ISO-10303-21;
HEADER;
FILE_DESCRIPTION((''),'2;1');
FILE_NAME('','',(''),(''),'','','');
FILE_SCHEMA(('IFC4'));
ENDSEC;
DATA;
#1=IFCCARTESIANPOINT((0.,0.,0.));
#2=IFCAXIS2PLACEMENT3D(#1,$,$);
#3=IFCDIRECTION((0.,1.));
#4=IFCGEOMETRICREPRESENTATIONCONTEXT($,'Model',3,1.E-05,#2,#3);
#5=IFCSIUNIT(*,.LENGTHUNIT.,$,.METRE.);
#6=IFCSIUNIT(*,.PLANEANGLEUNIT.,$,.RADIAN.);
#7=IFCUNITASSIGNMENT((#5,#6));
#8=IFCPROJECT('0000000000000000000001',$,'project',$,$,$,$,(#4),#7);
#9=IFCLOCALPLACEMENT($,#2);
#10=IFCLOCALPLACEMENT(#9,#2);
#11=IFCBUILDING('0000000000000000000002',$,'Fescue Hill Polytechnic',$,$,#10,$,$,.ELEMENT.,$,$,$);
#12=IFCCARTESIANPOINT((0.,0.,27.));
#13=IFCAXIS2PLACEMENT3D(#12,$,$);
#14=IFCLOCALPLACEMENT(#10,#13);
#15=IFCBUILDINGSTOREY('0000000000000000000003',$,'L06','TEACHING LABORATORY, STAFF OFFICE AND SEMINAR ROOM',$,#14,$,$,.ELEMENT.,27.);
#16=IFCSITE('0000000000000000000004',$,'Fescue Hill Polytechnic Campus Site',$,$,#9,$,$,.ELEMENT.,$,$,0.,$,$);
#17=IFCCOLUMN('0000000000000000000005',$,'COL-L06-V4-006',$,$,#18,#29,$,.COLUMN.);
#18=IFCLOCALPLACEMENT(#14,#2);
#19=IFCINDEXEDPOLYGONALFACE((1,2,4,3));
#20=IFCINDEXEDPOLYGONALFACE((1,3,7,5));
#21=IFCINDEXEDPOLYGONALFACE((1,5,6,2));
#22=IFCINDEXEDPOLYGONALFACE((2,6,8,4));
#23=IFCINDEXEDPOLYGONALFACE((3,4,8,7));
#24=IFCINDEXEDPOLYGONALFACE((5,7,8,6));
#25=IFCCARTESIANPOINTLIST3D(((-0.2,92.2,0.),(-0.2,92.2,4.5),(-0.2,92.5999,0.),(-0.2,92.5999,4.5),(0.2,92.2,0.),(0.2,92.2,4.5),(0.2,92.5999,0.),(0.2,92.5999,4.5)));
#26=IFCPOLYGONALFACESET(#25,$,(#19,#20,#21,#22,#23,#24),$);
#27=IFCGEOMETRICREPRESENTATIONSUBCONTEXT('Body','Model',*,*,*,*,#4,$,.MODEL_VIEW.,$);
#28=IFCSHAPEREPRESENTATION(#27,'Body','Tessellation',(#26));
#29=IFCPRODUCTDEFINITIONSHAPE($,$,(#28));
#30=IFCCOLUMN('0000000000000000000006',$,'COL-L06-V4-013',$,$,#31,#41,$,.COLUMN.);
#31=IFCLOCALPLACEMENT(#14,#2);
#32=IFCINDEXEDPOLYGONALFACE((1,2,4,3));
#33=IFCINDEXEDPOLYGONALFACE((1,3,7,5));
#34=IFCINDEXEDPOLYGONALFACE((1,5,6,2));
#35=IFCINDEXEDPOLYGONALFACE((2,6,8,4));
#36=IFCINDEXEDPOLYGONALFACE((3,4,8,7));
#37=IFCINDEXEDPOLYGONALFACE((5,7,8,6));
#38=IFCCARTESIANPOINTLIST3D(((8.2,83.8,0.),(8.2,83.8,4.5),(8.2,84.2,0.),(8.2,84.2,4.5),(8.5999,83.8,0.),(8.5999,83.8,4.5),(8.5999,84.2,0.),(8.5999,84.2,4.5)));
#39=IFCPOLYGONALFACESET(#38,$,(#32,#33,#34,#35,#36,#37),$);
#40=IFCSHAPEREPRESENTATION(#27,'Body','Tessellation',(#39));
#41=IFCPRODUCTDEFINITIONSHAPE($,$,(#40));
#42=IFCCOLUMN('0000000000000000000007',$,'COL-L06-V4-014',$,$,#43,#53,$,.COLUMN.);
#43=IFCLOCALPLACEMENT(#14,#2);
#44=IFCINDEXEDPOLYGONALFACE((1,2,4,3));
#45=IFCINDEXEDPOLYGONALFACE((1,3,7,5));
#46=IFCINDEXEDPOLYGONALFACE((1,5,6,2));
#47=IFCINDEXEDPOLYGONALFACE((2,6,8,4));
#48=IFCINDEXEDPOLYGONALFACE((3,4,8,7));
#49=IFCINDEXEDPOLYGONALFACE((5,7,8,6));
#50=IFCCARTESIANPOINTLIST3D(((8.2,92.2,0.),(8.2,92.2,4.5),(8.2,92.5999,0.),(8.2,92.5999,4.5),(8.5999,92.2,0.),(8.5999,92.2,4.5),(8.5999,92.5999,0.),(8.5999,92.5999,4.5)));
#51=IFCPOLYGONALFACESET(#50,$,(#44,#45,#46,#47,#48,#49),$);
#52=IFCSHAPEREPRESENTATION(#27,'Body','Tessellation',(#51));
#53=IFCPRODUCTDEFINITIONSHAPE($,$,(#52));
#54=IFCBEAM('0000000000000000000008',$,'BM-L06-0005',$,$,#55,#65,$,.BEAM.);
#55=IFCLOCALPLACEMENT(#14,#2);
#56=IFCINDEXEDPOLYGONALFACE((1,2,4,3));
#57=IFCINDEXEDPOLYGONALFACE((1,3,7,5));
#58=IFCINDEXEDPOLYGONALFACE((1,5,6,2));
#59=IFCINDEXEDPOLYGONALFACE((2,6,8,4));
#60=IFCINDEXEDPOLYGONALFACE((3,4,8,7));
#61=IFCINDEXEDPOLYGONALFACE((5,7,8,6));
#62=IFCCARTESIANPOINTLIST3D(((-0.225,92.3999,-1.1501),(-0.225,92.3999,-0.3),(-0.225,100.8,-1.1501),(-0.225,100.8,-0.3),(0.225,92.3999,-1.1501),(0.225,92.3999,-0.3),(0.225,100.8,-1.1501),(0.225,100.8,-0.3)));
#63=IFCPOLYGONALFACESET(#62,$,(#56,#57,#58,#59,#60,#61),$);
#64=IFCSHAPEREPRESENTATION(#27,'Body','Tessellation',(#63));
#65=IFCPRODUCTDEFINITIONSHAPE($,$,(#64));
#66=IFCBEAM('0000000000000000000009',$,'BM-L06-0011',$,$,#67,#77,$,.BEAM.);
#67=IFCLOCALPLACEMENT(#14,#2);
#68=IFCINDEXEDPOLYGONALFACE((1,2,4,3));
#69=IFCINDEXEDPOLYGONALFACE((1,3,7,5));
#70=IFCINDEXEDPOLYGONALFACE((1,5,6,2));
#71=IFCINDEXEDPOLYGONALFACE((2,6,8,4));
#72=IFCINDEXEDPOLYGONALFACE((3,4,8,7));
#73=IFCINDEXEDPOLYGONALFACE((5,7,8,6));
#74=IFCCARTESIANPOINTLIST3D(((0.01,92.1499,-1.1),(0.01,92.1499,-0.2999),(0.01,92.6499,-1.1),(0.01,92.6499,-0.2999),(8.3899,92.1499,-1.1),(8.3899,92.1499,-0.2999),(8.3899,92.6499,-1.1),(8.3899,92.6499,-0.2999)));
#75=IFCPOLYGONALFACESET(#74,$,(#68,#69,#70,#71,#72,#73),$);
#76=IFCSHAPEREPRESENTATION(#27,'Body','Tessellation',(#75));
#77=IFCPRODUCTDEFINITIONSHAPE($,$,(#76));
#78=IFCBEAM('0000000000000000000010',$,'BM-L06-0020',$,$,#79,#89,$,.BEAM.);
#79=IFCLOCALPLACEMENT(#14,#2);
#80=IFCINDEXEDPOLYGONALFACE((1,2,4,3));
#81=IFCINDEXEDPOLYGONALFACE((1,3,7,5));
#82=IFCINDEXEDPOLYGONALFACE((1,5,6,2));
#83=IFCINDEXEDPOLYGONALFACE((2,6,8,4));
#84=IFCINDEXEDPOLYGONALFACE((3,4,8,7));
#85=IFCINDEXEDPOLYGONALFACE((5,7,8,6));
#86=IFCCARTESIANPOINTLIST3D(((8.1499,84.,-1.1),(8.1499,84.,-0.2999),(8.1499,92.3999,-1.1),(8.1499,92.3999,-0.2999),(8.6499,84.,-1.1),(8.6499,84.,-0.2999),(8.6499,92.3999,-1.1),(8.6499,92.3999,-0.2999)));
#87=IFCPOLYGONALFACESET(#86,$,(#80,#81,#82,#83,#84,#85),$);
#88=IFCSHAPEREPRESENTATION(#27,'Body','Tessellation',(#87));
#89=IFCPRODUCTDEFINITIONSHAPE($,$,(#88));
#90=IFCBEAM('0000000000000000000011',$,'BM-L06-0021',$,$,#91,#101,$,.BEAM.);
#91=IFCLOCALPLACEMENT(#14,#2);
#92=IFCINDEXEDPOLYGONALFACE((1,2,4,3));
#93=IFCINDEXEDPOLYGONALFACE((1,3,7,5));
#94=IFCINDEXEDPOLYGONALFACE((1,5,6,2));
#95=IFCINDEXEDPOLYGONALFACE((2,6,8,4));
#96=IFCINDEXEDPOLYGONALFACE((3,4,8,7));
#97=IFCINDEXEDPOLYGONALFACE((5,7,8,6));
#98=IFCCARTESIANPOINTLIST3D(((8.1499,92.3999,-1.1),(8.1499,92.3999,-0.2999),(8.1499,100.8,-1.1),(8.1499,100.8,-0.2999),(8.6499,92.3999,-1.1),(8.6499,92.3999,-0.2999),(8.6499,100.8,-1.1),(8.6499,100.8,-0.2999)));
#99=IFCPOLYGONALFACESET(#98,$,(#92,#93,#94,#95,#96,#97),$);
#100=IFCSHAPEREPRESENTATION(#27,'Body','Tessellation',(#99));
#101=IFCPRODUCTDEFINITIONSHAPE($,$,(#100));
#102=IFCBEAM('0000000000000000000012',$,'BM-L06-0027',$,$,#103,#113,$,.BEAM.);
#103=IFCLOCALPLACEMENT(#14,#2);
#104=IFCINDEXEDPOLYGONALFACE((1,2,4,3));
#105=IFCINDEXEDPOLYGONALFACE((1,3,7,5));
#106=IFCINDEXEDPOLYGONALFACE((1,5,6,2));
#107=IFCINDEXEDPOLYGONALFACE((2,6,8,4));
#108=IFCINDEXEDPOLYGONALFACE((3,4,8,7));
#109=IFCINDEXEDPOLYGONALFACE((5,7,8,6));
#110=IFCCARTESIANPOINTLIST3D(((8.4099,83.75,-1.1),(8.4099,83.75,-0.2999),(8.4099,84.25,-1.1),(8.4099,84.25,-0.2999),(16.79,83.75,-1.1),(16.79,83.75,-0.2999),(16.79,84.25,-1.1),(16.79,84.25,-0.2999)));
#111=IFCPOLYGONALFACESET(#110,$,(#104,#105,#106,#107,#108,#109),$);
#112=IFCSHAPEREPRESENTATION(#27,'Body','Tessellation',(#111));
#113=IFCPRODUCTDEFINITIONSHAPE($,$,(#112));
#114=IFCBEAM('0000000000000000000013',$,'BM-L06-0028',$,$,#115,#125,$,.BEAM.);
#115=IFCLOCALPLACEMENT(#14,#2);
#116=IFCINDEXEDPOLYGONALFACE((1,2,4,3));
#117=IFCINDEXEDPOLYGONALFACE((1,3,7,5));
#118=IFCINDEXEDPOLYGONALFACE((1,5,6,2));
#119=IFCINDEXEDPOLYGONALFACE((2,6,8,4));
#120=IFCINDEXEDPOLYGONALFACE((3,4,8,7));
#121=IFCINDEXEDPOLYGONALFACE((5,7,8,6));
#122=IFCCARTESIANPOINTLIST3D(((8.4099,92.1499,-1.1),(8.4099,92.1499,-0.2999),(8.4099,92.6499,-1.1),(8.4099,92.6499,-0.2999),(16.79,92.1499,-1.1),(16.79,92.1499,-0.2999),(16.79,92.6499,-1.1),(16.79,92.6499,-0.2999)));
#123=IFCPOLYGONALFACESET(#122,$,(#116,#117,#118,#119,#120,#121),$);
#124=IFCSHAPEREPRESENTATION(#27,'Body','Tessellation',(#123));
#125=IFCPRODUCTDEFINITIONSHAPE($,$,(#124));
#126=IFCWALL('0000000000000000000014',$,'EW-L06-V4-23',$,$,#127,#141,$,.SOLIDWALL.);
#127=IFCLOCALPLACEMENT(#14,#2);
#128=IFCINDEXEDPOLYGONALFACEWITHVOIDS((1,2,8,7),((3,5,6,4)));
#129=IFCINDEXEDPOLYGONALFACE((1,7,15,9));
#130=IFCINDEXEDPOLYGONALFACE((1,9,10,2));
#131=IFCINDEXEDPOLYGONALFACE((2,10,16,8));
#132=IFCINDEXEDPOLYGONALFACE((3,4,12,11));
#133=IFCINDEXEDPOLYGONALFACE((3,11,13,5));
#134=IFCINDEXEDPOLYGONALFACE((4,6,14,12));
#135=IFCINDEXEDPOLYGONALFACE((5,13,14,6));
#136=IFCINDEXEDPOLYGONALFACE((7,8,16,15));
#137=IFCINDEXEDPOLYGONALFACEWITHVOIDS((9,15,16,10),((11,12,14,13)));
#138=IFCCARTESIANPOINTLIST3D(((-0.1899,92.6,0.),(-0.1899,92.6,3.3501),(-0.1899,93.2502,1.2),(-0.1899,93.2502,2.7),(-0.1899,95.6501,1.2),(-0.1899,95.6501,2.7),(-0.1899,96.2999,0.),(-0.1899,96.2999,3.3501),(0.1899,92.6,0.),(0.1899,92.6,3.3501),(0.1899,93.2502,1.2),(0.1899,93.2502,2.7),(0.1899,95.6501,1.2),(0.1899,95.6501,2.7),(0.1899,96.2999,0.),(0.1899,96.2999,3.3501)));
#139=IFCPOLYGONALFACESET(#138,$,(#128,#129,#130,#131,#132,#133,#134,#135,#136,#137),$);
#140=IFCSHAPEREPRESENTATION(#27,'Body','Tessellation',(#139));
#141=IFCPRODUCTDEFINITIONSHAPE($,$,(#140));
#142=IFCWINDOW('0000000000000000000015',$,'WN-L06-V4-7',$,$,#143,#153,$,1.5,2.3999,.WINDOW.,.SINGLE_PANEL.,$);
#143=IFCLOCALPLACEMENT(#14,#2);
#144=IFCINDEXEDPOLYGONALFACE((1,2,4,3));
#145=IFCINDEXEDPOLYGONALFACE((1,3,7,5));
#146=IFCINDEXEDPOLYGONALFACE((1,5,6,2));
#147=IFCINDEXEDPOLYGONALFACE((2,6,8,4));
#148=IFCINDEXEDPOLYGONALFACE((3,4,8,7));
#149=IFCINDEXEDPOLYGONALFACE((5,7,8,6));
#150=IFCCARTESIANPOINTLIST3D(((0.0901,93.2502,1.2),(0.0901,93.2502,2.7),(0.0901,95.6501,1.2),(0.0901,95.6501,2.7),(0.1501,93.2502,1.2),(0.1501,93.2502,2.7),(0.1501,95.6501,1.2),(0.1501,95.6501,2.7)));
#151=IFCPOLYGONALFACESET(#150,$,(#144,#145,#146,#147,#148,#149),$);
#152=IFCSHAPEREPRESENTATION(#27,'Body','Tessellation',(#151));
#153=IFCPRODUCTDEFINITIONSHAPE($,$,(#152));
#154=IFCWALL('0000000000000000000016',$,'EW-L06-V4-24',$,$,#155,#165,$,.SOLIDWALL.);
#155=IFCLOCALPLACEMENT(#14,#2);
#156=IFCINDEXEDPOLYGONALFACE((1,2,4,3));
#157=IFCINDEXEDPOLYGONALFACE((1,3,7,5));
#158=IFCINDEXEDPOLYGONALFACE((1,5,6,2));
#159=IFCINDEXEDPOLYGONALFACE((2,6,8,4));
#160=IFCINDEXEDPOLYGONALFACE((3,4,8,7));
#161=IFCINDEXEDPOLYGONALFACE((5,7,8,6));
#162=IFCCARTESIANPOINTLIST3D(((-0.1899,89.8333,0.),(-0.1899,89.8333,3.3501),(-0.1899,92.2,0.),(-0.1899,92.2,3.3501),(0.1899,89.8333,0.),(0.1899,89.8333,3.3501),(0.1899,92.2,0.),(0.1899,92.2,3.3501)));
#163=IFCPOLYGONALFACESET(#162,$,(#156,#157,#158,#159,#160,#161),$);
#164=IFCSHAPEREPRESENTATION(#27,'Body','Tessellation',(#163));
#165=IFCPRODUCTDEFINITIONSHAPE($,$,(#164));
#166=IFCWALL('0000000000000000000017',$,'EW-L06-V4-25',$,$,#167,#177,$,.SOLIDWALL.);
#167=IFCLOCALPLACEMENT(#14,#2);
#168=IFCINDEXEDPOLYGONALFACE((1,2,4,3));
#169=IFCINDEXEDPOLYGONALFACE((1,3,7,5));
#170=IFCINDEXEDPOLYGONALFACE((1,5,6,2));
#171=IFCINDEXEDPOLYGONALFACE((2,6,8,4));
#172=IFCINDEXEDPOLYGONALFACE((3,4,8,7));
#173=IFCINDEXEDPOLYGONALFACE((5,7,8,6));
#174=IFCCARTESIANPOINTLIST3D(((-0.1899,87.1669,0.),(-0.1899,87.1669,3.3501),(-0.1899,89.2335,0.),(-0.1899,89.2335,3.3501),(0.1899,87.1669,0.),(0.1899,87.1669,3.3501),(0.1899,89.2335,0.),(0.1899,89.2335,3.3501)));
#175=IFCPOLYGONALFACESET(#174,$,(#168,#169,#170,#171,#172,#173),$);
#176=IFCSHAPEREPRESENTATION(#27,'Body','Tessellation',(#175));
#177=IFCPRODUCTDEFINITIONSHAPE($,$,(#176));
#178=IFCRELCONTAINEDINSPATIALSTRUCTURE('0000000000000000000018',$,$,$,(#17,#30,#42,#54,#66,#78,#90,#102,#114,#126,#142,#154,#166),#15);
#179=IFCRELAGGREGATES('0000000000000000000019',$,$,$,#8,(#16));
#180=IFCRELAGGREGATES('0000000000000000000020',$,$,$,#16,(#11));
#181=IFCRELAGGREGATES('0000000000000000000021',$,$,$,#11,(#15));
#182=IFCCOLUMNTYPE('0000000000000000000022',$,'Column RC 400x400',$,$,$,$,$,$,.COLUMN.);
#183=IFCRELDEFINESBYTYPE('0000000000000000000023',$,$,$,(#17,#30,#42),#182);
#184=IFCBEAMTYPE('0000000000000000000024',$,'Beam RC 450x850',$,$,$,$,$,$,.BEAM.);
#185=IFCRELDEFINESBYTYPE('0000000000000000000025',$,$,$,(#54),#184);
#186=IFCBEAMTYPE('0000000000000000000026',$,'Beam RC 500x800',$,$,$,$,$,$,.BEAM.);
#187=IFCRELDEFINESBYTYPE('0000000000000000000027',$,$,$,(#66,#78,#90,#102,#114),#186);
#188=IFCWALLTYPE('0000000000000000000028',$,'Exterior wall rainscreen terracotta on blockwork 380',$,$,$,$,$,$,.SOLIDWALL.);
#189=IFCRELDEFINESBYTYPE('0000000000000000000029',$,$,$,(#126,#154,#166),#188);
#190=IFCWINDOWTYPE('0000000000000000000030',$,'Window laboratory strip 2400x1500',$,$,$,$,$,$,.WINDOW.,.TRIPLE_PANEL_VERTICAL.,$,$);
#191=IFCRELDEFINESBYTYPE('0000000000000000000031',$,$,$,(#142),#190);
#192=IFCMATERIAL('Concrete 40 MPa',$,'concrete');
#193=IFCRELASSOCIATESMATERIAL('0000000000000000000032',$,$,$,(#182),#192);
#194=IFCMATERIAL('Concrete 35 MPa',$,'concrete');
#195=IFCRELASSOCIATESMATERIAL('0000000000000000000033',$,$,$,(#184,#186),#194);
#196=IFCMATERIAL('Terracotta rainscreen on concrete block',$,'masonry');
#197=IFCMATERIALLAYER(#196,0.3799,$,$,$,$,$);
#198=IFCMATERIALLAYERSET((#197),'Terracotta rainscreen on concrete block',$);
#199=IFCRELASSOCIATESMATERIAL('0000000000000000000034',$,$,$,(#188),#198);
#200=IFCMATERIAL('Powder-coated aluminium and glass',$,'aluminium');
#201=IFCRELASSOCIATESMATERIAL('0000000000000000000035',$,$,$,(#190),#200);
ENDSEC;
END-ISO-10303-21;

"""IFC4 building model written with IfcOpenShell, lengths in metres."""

from ifc_helpers import new_model, si_unit, direction, frame, frame_2d, origin, origin_2d, place, context, subcontext, project, spatial, rectangle, extrude, material, layer, layer_set, material_profile, profile_set, type_object, element, fill, save


model = new_model("IFC4")

# Units and contexts
model_context = context("Model", 3, precision=1e-05, world=origin(), true_north=direction((0.0, 1.0)))
body_context = subcontext(model_context, "Body", "Model", "MODEL_VIEW")
ifc_project = project(units=[si_unit("LENGTHUNIT", "METRE"), si_unit("PLANEANGLEUNIT", "RADIAN")], contexts=[model_context])

# Site, building, storey
site_placement = place(None, origin())
site = spatial("IfcSite", under=ifc_project, at=site_placement, Name="Fescue Hill Polytechnic Campus Site", CompositionType="ELEMENT", RefElevation=0.0)
building_placement = place(site_placement, origin())
building = spatial("IfcBuilding", under=site, at=building_placement, Name="Fescue Hill Polytechnic", CompositionType="ELEMENT")
storey_placement = place(building_placement, frame((0.0, 0.0, 27.0)))
storey = spatial("IfcBuildingStorey", under=building, at=storey_placement, Name="L06", Description="TEACHING LABORATORY, STAFF OFFICE AND SEMINAR ROOM", CompositionType="ELEMENT", Elevation=27.0)

# Columns
ifc_material_1 = material(Name="Concrete 40 MPa", Category="concrete")
ifc_material_profile_1 = material_profile(ifc_material_1, rectangle(XDim=0.3999, YDim=0.3999, at=origin_2d()), Name="RC 400x400")
ifc_profile_set_1 = profile_set([ifc_material_profile_1], Name="Concrete 40 MPa")
column_type = type_object("IfcColumnType", Name="Column RC 400x400", PredefinedType="COLUMN", material=ifc_profile_set_1)
for number, where, z_axis, x_axis, name in (
    (1, (0.0, 92.3999, 0.0), (0.0, 0.0, 1.0), (1.0, 0.0, 0.0), "COL-L06-V4-006"),
    (2, (8.3999, 84.0, 0.0), (0.0, 0.0, 1.0), (1.0, 0.0, 0.0), "COL-L06-V4-013"),
    (3, (8.3999, 92.3999, 0.0), (0.0, 0.0, 1.0), (1.0, 0.0, 0.0), "COL-L06-V4-014"),
):
    element("IfcColumn", number, at=place(storey_placement, frame(where, z_axis=z_axis, x_axis=x_axis)), inside=storey, type_object=column_type, Name=name, PredefinedType="COLUMN", context=body_context, shape_type="SweptSolid", body=[
        extrude(rectangle(XDim=0.3999, YDim=0.3999, at=origin_2d()), origin(), (0.0, 0.0, 1.0), 4.5),
    ])

# Beams
ifc_material_2 = material(Name="Concrete 35 MPa", Category="concrete")
ifc_material_profile_2 = material_profile(ifc_material_2, rectangle(XDim=0.45, YDim=0.8501, at=origin_2d()), Name="RC 450x850")
ifc_profile_set_2 = profile_set([ifc_material_profile_2], Name="Concrete 35 MPa")
beam_type_1 = type_object("IfcBeamType", Name="Beam RC 450x850", PredefinedType="BEAM", material=ifc_profile_set_2)
beam_1_placement = place(storey_placement, frame((0.0, 92.3999, -0.7251), z_axis=(0.0, 1.0, 0.0), x_axis=(-1.0, 0.0, 0.0)))
element("IfcBeam", 4, at=beam_1_placement, inside=storey, type_object=beam_type_1, Name="BM-L06-0005", PredefinedType="BEAM", context=body_context, shape_type="SweptSolid", body=[
    extrude(rectangle(XDim=0.45, YDim=0.8501, at=origin_2d()), origin(), (0.0, 0.0, 1.0), 8.4001),
])
ifc_material_profile_3 = material_profile(ifc_material_2, rectangle(XDim=0.5, YDim=0.8, at=origin_2d()), Name="RC 500x800")
ifc_profile_set_3 = profile_set([ifc_material_profile_3], Name="Concrete 35 MPa")
beam_type_2 = type_object("IfcBeamType", Name="Beam RC 500x800", PredefinedType="BEAM", material=ifc_profile_set_3)
beam_2_placement = place(storey_placement, frame((0.01, 92.3999, -0.7), z_axis=(1.0, 0.0, 0.0), x_axis=(0.0, 1.0, 0.0)))
element("IfcBeam", 5, at=beam_2_placement, inside=storey, type_object=beam_type_2, Name="BM-L06-0011", PredefinedType="BEAM", context=body_context, shape_type="SweptSolid", body=[
    extrude(rectangle(XDim=0.5, YDim=0.8, at=origin_2d()), origin(), (0.0, 0.0, 1.0), 8.3799),
])
beam_3_placement = place(storey_placement, frame((8.3999, 84.0, -0.7), z_axis=(0.0, 1.0, 0.0), x_axis=(-1.0, 0.0, 0.0)))
element("IfcBeam", 6, at=beam_3_placement, inside=storey, type_object=beam_type_2, Name="BM-L06-0020", PredefinedType="BEAM", context=body_context, shape_type="SweptSolid", body=[
    extrude(rectangle(XDim=0.5, YDim=0.8, at=origin_2d()), origin(), (0.0, 0.0, 1.0), 8.3999),
])
beam_4_placement = place(storey_placement, frame((8.3999, 92.3999, -0.7), z_axis=(0.0, 1.0, 0.0), x_axis=(-1.0, 0.0, 0.0)))
element("IfcBeam", 7, at=beam_4_placement, inside=storey, type_object=beam_type_2, Name="BM-L06-0021", PredefinedType="BEAM", context=body_context, shape_type="SweptSolid", body=[
    extrude(rectangle(XDim=0.5, YDim=0.8, at=origin_2d()), origin(), (0.0, 0.0, 1.0), 8.4001),
])
for number, where, z_axis, x_axis, name in (
    (8, (8.4099, 84.0, -0.7), (1.0, 0.0, 0.0), (0.0, 1.0, 0.0), "BM-L06-0027"),
    (9, (8.4099, 92.3999, -0.7), (1.0, 0.0, 0.0), (0.0, 1.0, 0.0), "BM-L06-0028"),
):
    element("IfcBeam", number, at=place(storey_placement, frame(where, z_axis=z_axis, x_axis=x_axis)), inside=storey, type_object=beam_type_2, Name=name, PredefinedType="BEAM", context=body_context, shape_type="SweptSolid", body=[
        extrude(rectangle(XDim=0.5, YDim=0.8, at=origin_2d()), origin(), (0.0, 0.0, 1.0), 8.3801),
    ])

# Wall, opening, window
ifc_material_3 = material(Name="Terracotta rainscreen on concrete block", Category="masonry")
ifc_layer_1 = layer(ifc_material_3, 0.3799)
ifc_layer_set_1 = layer_set([ifc_layer_1], Name="Terracotta rainscreen on concrete block")
wall_type_1 = type_object("IfcWallType", Name="Exterior wall rainscreen terracotta on blockwork 380", PredefinedType="SOLIDWALL", material=ifc_layer_set_1)
wall_1_placement = place(storey_placement, frame((0.0, 96.3, 0.0), z_axis=(0.0, 0.0, 1.0), x_axis=(0.0, -1.0, 0.0)))
wall_1 = element("IfcWall", 10, at=wall_1_placement, inside=storey, type_object=wall_type_1, Name="EW-L06-V4-23", PredefinedType="SOLIDWALL", context=body_context, shape_type="SweptSolid", body=[
    extrude(rectangle(XDim=3.7, YDim=0.3799, at=frame_2d((1.8501, 0.0))), origin(), (0.0, 0.0, 1.0), 3.3501),
])
opening_1_placement = place(wall_1_placement, frame((0.6499, 0.0, 1.2)))
opening_1 = element("IfcOpeningElement", 11, at=opening_1_placement, cuts=wall_1, PredefinedType="OPENING", context=body_context, shape_type="SweptSolid", body=[
    extrude(rectangle(XDim=2.3999, YDim=1.5, at=frame_2d((1.2, 0.75))), frame((0.0, 0.2, 0.0), z_axis=(0.0, -1.0, 0.0), x_axis=(1.0, 0.0, 0.0)), (0.0, 0.0, 1.0), 0.3999),
])
ifc_material_4 = material(Name="Powder-coated aluminium and glass", Category="aluminium")
window_type_1 = type_object("IfcWindowType", Name="Window laboratory strip 2400x1500", PartitioningType="TRIPLE_PANEL_VERTICAL", PredefinedType="WINDOW", material=ifc_material_4)
window_1_placement = place(opening_1_placement, origin())
window_1 = element("IfcWindow", 12, at=window_1_placement, inside=storey, type_object=window_type_1, Name="WN-L06-V4-7", OverallHeight=1.5, OverallWidth=2.3999, PartitioningType="SINGLE_PANEL", PredefinedType="WINDOW", context=body_context, shape_type="SweptSolid", body=[
    extrude(rectangle(XDim=2.3999, YDim=1.5, at=frame_2d((1.2, 0.75))), frame((0.0, 0.1501, 0.0), z_axis=(0.0, -1.0, 0.0), x_axis=(1.0, 0.0, 0.0)), (0.0, 0.0, 1.0), 0.0601),
])
fill(opening_1, window_1)

# Walls
wall_2_placement = place(storey_placement, frame((0.0, 92.2, 0.0), z_axis=(0.0, 0.0, 1.0), x_axis=(0.0, -1.0, 0.0)))
element("IfcWall", 13, at=wall_2_placement, inside=storey, type_object=wall_type_1, Name="EW-L06-V4-24", PredefinedType="SOLIDWALL", context=body_context, shape_type="SweptSolid", body=[
    extrude(rectangle(XDim=2.3667, YDim=0.3799, at=frame_2d((1.1833, 0.0))), origin(), (0.0, 0.0, 1.0), 3.3501),
])
wall_3_placement = place(storey_placement, frame((0.0, 89.2334, 0.0), z_axis=(0.0, 0.0, 1.0), x_axis=(0.0, -1.0, 0.0)))
element("IfcWall", 14, at=wall_3_placement, inside=storey, type_object=wall_type_1, Name="EW-L06-V4-25", PredefinedType="SOLIDWALL", context=body_context, shape_type="SweptSolid", body=[
    extrude(rectangle(XDim=2.0667, YDim=0.3799, at=frame_2d((1.0332, 0.0))), origin(), (0.0, 0.0, 1.0), 3.3501),
])

save(model, "model.ifc")
